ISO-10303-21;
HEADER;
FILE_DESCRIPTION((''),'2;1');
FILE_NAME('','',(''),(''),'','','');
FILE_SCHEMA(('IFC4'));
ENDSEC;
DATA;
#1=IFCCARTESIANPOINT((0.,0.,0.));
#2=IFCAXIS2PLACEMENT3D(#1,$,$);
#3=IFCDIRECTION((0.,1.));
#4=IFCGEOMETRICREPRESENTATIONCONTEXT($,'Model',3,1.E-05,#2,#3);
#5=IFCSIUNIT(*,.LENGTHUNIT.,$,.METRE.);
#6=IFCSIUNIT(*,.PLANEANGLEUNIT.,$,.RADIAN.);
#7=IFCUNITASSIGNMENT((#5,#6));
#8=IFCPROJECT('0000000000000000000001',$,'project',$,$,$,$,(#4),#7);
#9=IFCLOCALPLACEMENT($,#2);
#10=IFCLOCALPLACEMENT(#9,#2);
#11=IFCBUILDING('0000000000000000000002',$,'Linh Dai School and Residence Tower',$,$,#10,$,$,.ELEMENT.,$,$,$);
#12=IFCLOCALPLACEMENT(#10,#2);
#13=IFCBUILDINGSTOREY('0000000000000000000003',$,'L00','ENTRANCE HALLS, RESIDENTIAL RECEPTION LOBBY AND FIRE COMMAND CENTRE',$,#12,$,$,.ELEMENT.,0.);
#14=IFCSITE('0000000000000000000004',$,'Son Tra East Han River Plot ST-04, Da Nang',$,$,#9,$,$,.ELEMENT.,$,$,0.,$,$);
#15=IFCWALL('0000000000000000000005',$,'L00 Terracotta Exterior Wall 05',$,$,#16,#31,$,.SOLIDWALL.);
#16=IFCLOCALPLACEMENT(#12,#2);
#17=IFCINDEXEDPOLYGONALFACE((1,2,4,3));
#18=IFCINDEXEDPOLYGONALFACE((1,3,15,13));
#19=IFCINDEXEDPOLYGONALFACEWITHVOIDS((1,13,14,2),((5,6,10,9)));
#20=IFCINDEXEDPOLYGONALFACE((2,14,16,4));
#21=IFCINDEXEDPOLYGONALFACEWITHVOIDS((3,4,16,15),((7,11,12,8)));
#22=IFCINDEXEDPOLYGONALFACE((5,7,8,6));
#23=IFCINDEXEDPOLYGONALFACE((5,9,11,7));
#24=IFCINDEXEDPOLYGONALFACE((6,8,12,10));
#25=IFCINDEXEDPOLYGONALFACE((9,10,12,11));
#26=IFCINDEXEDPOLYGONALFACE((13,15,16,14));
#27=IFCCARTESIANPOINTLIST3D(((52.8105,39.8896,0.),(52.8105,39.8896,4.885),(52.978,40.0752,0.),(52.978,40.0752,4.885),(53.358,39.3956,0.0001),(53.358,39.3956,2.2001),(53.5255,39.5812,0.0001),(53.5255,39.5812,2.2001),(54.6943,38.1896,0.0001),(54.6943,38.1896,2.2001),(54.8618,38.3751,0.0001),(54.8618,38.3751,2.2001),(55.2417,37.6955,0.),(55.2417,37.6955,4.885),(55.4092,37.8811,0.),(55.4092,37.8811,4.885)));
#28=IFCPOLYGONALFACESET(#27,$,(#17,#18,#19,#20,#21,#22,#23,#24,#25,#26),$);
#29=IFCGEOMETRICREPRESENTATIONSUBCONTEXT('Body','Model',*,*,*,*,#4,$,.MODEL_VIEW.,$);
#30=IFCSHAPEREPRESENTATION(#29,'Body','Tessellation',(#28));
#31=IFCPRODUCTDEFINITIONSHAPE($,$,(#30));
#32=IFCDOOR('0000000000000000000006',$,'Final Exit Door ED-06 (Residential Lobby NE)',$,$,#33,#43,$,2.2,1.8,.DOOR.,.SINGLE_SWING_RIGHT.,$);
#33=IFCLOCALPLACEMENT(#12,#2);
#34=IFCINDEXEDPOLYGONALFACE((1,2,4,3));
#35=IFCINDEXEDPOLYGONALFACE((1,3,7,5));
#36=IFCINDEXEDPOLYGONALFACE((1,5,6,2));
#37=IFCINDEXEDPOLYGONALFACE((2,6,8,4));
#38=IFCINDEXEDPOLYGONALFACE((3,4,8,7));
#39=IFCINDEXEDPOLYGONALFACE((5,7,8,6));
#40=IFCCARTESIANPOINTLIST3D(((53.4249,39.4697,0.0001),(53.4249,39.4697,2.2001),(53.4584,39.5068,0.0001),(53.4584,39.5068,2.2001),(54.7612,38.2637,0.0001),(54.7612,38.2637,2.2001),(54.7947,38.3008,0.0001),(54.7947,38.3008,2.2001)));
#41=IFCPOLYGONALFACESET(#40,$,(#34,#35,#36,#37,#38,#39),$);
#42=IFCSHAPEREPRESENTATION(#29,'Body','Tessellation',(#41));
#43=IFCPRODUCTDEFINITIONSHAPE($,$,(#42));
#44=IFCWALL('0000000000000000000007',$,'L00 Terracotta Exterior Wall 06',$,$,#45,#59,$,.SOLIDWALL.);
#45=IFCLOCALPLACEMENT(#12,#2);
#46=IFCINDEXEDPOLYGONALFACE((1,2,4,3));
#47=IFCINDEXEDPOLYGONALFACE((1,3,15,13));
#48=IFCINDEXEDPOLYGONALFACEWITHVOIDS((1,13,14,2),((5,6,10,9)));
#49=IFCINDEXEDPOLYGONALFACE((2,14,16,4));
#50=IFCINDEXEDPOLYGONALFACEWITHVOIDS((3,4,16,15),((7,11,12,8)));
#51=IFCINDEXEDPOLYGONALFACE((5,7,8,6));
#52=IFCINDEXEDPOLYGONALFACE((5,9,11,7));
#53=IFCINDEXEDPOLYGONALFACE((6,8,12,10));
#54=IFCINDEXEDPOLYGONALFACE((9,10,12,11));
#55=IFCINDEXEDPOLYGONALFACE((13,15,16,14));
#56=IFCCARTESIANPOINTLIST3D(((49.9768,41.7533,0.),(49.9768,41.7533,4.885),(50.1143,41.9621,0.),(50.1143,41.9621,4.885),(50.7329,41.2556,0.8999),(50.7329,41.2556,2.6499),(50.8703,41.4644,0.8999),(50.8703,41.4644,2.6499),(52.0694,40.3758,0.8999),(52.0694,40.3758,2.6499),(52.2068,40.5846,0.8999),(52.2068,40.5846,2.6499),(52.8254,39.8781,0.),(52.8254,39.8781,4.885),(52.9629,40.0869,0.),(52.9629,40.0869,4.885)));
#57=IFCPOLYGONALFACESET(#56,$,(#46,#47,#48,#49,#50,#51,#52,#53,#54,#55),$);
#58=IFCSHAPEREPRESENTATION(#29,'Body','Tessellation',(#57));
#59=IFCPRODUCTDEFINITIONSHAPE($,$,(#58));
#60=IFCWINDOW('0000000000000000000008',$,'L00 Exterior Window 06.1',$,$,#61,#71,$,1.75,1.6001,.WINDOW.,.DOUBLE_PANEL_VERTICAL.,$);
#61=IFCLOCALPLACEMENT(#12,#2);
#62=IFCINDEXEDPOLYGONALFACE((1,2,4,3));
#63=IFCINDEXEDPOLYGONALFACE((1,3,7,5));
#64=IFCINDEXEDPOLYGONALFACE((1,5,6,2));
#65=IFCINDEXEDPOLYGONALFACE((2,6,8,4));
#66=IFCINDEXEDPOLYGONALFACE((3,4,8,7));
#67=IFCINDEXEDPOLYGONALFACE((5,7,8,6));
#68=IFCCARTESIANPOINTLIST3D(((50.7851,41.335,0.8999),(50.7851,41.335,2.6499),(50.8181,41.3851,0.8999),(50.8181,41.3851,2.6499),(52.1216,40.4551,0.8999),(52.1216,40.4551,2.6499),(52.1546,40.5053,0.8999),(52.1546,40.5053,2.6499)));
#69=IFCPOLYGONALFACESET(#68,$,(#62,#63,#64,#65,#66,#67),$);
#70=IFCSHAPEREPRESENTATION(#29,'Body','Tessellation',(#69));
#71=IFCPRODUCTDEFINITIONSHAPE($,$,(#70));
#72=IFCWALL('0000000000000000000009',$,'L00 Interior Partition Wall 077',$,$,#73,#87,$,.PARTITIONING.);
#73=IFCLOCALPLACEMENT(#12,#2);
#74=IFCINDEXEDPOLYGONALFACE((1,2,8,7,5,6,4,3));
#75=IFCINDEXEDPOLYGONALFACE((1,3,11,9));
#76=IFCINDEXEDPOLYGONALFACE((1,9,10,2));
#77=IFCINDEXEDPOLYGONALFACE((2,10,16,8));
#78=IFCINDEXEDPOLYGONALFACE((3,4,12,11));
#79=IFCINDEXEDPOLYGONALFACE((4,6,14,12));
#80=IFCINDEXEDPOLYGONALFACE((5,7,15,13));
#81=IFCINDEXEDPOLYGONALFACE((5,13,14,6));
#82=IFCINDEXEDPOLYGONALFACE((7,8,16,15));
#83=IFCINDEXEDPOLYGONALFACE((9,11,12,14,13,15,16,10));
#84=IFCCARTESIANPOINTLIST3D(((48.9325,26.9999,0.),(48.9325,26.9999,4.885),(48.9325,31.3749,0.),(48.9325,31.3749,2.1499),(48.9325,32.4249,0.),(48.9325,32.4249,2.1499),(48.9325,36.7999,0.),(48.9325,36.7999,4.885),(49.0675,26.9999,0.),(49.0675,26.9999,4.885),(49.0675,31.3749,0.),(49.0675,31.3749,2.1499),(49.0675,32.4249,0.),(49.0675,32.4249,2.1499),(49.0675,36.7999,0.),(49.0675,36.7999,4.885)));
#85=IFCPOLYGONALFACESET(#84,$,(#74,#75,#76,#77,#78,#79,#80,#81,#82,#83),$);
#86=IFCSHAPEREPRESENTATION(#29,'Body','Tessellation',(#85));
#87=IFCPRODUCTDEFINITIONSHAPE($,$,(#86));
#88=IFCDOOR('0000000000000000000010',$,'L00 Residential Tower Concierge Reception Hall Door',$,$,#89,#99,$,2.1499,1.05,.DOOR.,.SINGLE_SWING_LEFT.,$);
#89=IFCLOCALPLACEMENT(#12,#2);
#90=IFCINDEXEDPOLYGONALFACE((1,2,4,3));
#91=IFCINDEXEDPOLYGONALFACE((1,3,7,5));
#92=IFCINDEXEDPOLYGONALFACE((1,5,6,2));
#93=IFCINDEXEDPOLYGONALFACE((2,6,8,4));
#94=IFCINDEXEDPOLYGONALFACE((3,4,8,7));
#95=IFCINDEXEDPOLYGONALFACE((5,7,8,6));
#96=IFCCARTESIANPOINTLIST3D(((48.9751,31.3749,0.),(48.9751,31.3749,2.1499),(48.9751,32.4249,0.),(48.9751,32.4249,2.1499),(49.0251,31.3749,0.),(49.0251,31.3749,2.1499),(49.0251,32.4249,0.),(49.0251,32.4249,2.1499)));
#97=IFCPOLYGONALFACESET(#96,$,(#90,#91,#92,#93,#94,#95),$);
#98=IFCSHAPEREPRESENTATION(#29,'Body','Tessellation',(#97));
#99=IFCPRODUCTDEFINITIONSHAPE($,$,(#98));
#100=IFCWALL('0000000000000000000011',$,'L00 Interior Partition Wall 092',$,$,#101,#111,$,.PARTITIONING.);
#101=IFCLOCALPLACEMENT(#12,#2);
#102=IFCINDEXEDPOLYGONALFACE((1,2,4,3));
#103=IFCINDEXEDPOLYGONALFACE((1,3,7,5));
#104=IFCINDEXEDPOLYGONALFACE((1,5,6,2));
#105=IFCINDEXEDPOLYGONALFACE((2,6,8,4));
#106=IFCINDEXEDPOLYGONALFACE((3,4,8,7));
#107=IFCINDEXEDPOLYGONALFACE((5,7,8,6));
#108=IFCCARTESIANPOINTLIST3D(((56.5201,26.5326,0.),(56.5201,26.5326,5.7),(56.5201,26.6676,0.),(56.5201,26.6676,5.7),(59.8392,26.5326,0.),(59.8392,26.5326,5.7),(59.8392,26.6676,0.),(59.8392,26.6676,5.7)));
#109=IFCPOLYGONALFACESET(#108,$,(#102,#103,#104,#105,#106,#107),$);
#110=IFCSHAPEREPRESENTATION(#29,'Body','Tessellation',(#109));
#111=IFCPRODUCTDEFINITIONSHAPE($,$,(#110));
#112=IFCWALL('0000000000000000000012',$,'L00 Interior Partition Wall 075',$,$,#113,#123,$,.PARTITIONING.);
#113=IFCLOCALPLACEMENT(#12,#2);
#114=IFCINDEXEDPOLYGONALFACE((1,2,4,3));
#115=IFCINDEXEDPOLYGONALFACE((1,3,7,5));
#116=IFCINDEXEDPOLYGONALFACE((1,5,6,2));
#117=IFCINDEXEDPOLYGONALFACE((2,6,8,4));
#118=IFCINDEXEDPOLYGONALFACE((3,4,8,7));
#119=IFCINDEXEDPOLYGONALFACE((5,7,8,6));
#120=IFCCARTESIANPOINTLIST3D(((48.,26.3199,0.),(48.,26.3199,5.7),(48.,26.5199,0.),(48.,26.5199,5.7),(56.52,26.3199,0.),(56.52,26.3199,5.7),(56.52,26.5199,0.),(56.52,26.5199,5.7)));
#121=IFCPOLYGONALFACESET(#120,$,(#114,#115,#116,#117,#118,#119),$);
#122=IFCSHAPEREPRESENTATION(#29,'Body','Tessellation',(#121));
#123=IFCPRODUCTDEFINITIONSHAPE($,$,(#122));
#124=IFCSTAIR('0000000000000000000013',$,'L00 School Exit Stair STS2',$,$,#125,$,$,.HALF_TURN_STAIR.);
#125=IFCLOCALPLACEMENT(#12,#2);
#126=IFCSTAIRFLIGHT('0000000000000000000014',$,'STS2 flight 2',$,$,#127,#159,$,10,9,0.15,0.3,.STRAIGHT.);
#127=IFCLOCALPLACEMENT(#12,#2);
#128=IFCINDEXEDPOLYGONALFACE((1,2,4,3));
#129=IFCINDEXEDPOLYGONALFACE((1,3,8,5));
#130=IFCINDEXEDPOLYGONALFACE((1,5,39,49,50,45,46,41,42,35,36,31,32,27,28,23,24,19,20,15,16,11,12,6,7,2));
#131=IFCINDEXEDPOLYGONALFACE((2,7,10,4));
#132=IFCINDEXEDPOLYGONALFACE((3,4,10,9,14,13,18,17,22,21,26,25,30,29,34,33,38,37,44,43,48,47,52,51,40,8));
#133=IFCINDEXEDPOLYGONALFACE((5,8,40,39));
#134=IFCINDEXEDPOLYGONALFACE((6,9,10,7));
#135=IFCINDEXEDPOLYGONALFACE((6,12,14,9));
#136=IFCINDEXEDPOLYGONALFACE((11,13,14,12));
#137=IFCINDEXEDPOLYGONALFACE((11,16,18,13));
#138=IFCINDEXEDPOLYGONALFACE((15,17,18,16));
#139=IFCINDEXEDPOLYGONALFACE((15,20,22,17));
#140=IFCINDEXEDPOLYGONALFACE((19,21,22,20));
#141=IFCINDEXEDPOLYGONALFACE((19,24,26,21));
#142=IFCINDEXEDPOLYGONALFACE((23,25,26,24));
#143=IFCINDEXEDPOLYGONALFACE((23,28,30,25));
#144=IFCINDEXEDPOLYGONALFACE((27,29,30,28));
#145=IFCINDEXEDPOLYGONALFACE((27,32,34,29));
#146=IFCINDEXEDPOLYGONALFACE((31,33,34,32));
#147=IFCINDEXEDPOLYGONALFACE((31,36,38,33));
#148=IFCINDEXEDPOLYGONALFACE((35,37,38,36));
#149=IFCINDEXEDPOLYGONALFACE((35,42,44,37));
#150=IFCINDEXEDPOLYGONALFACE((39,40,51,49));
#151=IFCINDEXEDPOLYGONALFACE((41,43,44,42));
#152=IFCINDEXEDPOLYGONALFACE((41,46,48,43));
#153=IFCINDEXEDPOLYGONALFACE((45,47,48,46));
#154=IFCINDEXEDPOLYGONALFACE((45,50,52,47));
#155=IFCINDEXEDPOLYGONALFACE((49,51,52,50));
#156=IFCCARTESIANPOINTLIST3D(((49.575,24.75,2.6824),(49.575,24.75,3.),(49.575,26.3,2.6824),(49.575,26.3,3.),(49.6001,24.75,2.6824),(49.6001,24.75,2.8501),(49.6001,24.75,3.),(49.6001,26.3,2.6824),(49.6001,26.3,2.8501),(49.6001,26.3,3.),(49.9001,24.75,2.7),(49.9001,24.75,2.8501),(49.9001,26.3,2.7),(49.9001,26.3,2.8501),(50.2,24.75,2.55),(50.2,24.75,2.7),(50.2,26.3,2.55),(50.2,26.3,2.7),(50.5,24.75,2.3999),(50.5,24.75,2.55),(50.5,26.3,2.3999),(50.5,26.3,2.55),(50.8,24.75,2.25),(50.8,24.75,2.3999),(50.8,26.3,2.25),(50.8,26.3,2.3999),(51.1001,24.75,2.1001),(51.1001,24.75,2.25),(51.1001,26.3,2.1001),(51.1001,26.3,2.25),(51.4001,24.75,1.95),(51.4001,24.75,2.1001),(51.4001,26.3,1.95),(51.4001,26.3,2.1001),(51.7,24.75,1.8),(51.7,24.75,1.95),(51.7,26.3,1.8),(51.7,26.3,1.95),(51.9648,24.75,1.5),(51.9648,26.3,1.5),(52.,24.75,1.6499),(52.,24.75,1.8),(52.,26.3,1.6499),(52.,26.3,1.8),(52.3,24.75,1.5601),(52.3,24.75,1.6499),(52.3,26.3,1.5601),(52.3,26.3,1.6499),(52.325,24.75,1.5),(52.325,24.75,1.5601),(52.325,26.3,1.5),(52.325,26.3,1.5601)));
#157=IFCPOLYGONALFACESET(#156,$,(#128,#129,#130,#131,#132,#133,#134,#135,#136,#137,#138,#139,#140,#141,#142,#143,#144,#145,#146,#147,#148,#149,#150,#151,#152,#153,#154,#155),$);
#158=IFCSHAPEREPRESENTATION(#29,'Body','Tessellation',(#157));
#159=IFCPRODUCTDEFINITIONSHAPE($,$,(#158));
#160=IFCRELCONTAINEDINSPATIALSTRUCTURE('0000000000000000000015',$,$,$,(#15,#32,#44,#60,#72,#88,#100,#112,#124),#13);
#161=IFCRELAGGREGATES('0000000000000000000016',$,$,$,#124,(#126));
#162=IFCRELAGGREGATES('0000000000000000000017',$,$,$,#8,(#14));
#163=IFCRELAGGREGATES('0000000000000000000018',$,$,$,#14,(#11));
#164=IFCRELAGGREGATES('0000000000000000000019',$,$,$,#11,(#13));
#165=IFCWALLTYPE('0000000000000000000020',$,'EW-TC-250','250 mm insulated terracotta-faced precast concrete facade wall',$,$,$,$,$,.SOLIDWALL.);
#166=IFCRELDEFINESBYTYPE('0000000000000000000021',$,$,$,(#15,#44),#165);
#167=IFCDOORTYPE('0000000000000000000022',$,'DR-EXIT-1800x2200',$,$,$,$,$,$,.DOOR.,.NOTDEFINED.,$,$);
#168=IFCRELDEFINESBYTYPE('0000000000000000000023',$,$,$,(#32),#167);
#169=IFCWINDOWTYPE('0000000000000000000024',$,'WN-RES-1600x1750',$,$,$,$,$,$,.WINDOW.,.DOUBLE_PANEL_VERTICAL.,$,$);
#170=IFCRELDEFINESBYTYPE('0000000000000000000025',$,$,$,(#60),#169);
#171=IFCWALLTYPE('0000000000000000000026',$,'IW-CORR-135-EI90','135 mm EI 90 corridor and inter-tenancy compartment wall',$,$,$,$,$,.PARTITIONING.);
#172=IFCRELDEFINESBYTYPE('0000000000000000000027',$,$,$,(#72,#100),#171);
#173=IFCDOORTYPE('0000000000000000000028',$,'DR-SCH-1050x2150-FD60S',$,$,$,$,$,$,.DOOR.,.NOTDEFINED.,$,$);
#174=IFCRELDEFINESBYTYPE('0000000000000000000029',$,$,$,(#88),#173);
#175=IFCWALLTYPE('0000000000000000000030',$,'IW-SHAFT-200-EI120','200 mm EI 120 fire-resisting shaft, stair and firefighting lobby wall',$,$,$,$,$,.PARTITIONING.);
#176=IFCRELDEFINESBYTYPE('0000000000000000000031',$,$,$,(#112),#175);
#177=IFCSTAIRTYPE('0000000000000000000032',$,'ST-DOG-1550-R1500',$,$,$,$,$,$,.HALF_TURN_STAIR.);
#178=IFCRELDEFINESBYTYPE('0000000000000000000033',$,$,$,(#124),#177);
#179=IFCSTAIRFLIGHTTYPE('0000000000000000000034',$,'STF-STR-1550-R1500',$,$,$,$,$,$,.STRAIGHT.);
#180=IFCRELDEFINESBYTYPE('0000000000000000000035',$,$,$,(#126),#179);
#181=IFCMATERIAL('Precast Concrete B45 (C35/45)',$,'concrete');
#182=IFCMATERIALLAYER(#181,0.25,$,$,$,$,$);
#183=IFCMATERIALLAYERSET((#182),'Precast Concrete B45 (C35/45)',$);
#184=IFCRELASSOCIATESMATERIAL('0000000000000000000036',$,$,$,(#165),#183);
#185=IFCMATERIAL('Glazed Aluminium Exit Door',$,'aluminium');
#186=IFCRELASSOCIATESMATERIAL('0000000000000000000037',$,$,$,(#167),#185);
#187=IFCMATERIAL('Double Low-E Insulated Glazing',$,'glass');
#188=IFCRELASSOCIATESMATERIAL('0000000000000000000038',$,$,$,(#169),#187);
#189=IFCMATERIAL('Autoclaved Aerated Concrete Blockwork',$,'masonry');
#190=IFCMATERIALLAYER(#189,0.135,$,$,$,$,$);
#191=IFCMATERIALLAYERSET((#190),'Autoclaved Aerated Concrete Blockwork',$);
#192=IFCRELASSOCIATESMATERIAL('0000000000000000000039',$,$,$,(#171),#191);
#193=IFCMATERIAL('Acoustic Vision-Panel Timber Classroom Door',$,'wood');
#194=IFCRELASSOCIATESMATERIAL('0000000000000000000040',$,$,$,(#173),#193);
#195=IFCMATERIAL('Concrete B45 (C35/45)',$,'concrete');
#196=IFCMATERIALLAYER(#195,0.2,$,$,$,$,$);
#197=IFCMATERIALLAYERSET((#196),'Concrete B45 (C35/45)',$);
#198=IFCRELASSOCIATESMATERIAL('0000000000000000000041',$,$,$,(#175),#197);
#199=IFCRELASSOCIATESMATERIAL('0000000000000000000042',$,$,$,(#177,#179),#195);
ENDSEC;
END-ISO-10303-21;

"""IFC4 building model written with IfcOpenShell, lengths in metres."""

from ifc_helpers import new_model, si_unit, direction, frame, frame_2d, origin, origin_2d, place, context, subcontext, project, spatial, polyline, rectangle, outline, extrude, source, transform, mapped, material, layer, layer_set, type_object, element, fill, aggregate, save


model = new_model("IFC4")

# Units and contexts
model_context = context("Model", 3, precision=1e-05, world=origin(), true_north=direction((0.0, 1.0)))
body_context = subcontext(model_context, "Body", "Model", "MODEL_VIEW")
ifc_project = project(units=[si_unit("LENGTHUNIT", "METRE"), si_unit("PLANEANGLEUNIT", "RADIAN")], contexts=[model_context])

# Site, building, storey
site_placement = place(None, origin())
site = spatial("IfcSite", under=ifc_project, at=site_placement, Name="Son Tra East Han River Plot ST-04, Da Nang", CompositionType="ELEMENT", RefElevation=0.0)
building_placement = place(site_placement, origin())
building = spatial("IfcBuilding", under=site, at=building_placement, Name="Linh Dai School and Residence Tower", CompositionType="ELEMENT")
storey_placement = place(building_placement, origin())
storey = spatial("IfcBuildingStorey", under=building, at=storey_placement, Name="L00", Description="ENTRANCE HALLS, RESIDENTIAL RECEPTION LOBBY AND FIRE COMMAND CENTRE", CompositionType="ELEMENT", Elevation=0.0)

# Shared definitions
ifc_material_1 = material(Name="Double Low-E Insulated Glazing", Category="glass")

# Wall, opening, door
ifc_material_2 = material(Name="Precast Concrete B45 (C35/45)", Category="concrete")
ifc_layer_1 = layer(ifc_material_2, 0.25)
ifc_layer_set_1 = layer_set([ifc_layer_1], Name="Precast Concrete B45 (C35/45)")
wall_type_1 = type_object("IfcWallType", Name="EW-TC-250", Description="250 mm insulated terracotta-faced precast concrete facade wall", PredefinedType="SOLIDWALL", material=ifc_layer_set_1)
wall_1_placement = place(storey_placement, frame((52.8943, 39.9824, 0.0), z_axis=(0.0, 0.0, 1.0), x_axis=(0.742374, -0.669986, 0.0)))
wall_1 = element("IfcWall", 1, at=wall_1_placement, inside=storey, type_object=wall_type_1, Name="L00 Terracotta Exterior Wall 05", PredefinedType="SOLIDWALL", context=body_context, shape_type="SweptSolid", body=[
    extrude(rectangle(XDim=3.2749, YDim=0.25, at=frame_2d((1.6375, 0.0))), origin(), (0.0, 0.0, 1.0), 4.885),
])
opening_1_placement = place(wall_1_placement, frame((0.7375, 0.0, 0.0)))
opening_1 = element("IfcOpeningElement", 2, at=opening_1_placement, cuts=wall_1, PredefinedType="OPENING", context=body_context, shape_type="SweptSolid", body=[
    extrude(rectangle(XDim=1.8, YDim=2.2, at=origin_2d()), frame((0.8999, 0.135, 1.1001), z_axis=(0.0, -1.0, 0.0), x_axis=(1.0, 0.0, 0.0)), (0.0, 0.0, 1.0), 0.27),
])
ifc_material_3 = material(Name="Glazed Aluminium Exit Door", Category="aluminium")
door_type_1 = type_object("IfcDoorType", Name="DR-EXIT-1800x2200", OperationType="NOTDEFINED", PredefinedType="DOOR", material=ifc_material_3)
shared_shape_1 = source(origin(), body_context, "Body", "SweptSolid", [
    extrude(rectangle(XDim=1.8, YDim=2.2, at=origin_2d()), frame((0.8999, 0.0249, 1.1001), z_axis=(0.0, -1.0, 0.0), x_axis=(1.0, 0.0, 0.0)), (0.0, 0.0, 1.0), 0.05),
])
door_1_placement = place(opening_1_placement, origin())
door_1 = element("IfcDoor", 3, at=door_1_placement, inside=storey, type_object=door_type_1, Name="Final Exit Door ED-06 (Residential Lobby NE)", OperationType="SINGLE_SWING_RIGHT", OverallHeight=2.2, OverallWidth=1.8, PredefinedType="DOOR", context=body_context, shape_type="MappedRepresentation", body=[
    mapped(shared_shape_1, transform((0.0, 0.0, 0.0), x_axis=(1.0, 0.0, 0.0), y_axis=(0.0, 1.0, 0.0), z_axis=(0.0, 0.0, 1.0), scale=1.0)),
])
fill(opening_1, door_1)

# Wall, opening, window
wall_2_placement = place(storey_placement, frame((50.0457, 41.8577, 0.0), z_axis=(0.0, 0.0, 1.0), x_axis=(0.835263, -0.549851, 0.0)))
wall_2 = element("IfcWall", 4, at=wall_2_placement, inside=storey, type_object=wall_type_1, Name="L00 Terracotta Exterior Wall 06", PredefinedType="SOLIDWALL", context=body_context, shape_type="SweptSolid", body=[
    extrude(rectangle(XDim=3.4104, YDim=0.25, at=frame_2d((1.7051, 0.0))), origin(), (0.0, 0.0, 1.0), 4.885),
])
opening_2_placement = place(wall_2_placement, frame((0.905, 0.0, 0.8999)))
opening_2 = element("IfcOpeningElement", 5, at=opening_2_placement, cuts=wall_2, PredefinedType="OPENING", context=body_context, shape_type="SweptSolid", body=[
    extrude(rectangle(XDim=1.6001, YDim=1.75, at=origin_2d()), frame((0.8, 0.135, 0.875), z_axis=(0.0, -1.0, 0.0), x_axis=(1.0, 0.0, 0.0)), (0.0, 0.0, 1.0), 0.27),
])
window_type = type_object("IfcWindowType", Name="WN-RES-1600x1750", PartitioningType="DOUBLE_PANEL_VERTICAL", PredefinedType="WINDOW", material=ifc_material_1)
shared_shape_2 = source(origin(), body_context, "Body", "SweptSolid", [
    extrude(rectangle(XDim=1.6001, YDim=1.75, at=origin_2d()), frame((0.8, 0.03, 0.875), z_axis=(0.0, -1.0, 0.0), x_axis=(1.0, 0.0, 0.0)), (0.0, 0.0, 1.0), 0.0601),
])
window_placement = place(opening_2_placement, origin())
window = element("IfcWindow", 6, at=window_placement, inside=storey, type_object=window_type, Name="L00 Exterior Window 06.1", OverallHeight=1.75, OverallWidth=1.6001, PartitioningType="DOUBLE_PANEL_VERTICAL", PredefinedType="WINDOW", context=body_context, shape_type="MappedRepresentation", body=[
    mapped(shared_shape_2, transform((0.0, 0.0, 0.0), x_axis=(1.0, 0.0, 0.0), y_axis=(0.0, 1.0, 0.0), z_axis=(0.0, 0.0, 1.0), scale=1.0)),
])
fill(opening_2, window)

# Wall, opening, door
ifc_material_4 = material(Name="Autoclaved Aerated Concrete Blockwork", Category="masonry")
ifc_layer_2 = layer(ifc_material_4, 0.135)
ifc_layer_set_2 = layer_set([ifc_layer_2], Name="Autoclaved Aerated Concrete Blockwork")
wall_type_2 = type_object("IfcWallType", Name="IW-CORR-135-EI90", Description="135 mm EI 90 corridor and inter-tenancy compartment wall", PredefinedType="PARTITIONING", material=ifc_layer_set_2)
wall_3_placement = place(storey_placement, frame((49.0, 27.0, 0.0), z_axis=(0.0, 0.0, 1.0), x_axis=(0.0, 1.0, 0.0)))
wall_3 = element("IfcWall", 7, at=wall_3_placement, inside=storey, type_object=wall_type_2, Name="L00 Interior Partition Wall 077", PredefinedType="PARTITIONING", context=body_context, shape_type="SweptSolid", body=[
    extrude(rectangle(XDim=9.8, YDim=0.135, at=frame_2d((4.8999, 0.0))), origin(), (0.0, 0.0, 1.0), 4.885),
])
opening_3_placement = place(wall_3_placement, frame((4.375, 0.0, 0.0)))
opening_3 = element("IfcOpeningElement", 8, at=opening_3_placement, cuts=wall_3, PredefinedType="OPENING", context=body_context, shape_type="SweptSolid", body=[
    extrude(rectangle(XDim=1.05, YDim=2.1499, at=origin_2d()), frame((0.5249, 0.0776, 1.075), z_axis=(0.0, -1.0, 0.0), x_axis=(1.0, 0.0, 0.0)), (0.0, 0.0, 1.0), 0.155),
])
ifc_material_5 = material(Name="Acoustic Vision-Panel Timber Classroom Door", Category="wood")
door_type_2 = type_object("IfcDoorType", Name="DR-SCH-1050x2150-FD60S", OperationType="NOTDEFINED", PredefinedType="DOOR", material=ifc_material_5)
shared_shape_3 = source(origin(), body_context, "Body", "SweptSolid", [
    extrude(rectangle(XDim=1.05, YDim=2.1499, at=origin_2d()), frame((0.5249, 0.0249, 1.075), z_axis=(0.0, -1.0, 0.0), x_axis=(1.0, 0.0, 0.0)), (0.0, 0.0, 1.0), 0.05),
])
door_2_placement = place(opening_3_placement, origin())
door_2 = element("IfcDoor", 9, at=door_2_placement, inside=storey, type_object=door_type_2, Name="L00 Residential Tower Concierge Reception Hall Door", OperationType="SINGLE_SWING_LEFT", OverallHeight=2.1499, OverallWidth=1.05, PredefinedType="DOOR", context=body_context, shape_type="MappedRepresentation", body=[
    mapped(shared_shape_3, transform((0.0, 0.0, 0.0), x_axis=(1.0, 0.0, 0.0), y_axis=(0.0, 1.0, 0.0), z_axis=(0.0, 0.0, 1.0), scale=1.0)),
])
fill(opening_3, door_2)

# Walls
wall_4_placement = place(storey_placement, frame((56.52, 26.6001, 0.0), z_axis=(0.0, 0.0, 1.0), x_axis=(1.0, 0.0, 0.0)))
element("IfcWall", 10, at=wall_4_placement, inside=storey, type_object=wall_type_2, Name="L00 Interior Partition Wall 092", PredefinedType="PARTITIONING", context=body_context, shape_type="SweptSolid", body=[
    extrude(rectangle(XDim=3.3191, YDim=0.135, at=frame_2d((1.6597, 0.0))), origin(), (0.0, 0.0, 1.0), 5.7),
])
ifc_material_6 = material(Name="Concrete B45 (C35/45)", Category="concrete")
ifc_layer_3 = layer(ifc_material_6, 0.2)
ifc_layer_set_3 = layer_set([ifc_layer_3], Name="Concrete B45 (C35/45)")
wall_type_3 = type_object("IfcWallType", Name="IW-SHAFT-200-EI120", Description="200 mm EI 120 fire-resisting shaft, stair and firefighting lobby wall", PredefinedType="PARTITIONING", material=ifc_layer_set_3)
wall_5_placement = place(storey_placement, frame((48.0, 26.4199, 0.0), z_axis=(0.0, 0.0, 1.0), x_axis=(1.0, 0.0, 0.0)))
element("IfcWall", 11, at=wall_5_placement, inside=storey, type_object=wall_type_3, Name="L00 Interior Partition Wall 075", PredefinedType="PARTITIONING", context=body_context, shape_type="SweptSolid", body=[
    extrude(rectangle(XDim=8.52, YDim=0.2, at=frame_2d((4.26, 0.0))), origin(), (0.0, 0.0, 1.0), 5.7),
])

# Stair, stair flight
stair_type = type_object("IfcStairType", Name="ST-DOG-1550-R1500", PredefinedType="HALF_TURN_STAIR", material=ifc_material_6)
stair_placement = place(storey_placement, origin())
stair = element("IfcStair", 12, at=stair_placement, inside=storey, type_object=stair_type, Name="L00 School Exit Stair STS2", PredefinedType="HALF_TURN_STAIR")
stair_flight_type = type_object("IfcStairFlightType", Name="STF-STR-1550-R1500", PredefinedType="STRAIGHT", material=ifc_material_6)
shared_shape_4 = source(origin(), body_context, "Body", "SweptSolid", [
    extrude(outline(polyline([(-0.0249, 0.0), (-0.0249, 0.0601), (0.0, 0.0601), (0.0, 0.1499), (0.3, 0.1499), (0.3, 0.3), (0.6001, 0.3), (0.6001, 0.45), (0.8999, 0.45), (0.8999, 0.6001), (1.2, 0.6001), (1.2, 0.75), (1.5, 0.75), (1.5, 0.8999), (1.8, 0.8999), (1.8, 1.05), (2.1001, 1.05), (2.1001, 1.2), (2.3999, 1.2), (2.3999, 1.3501), (2.7, 1.3501), (2.7, 1.5), (2.7251, 1.5), (2.7251, 1.1824), (2.7, 1.1824), (0.3352, 0.0), (-0.0249, 0.0)])), frame((0.0, 0.7749, 0.0), z_axis=(0.0, -1.0, 0.0), x_axis=(1.0, 0.0, 0.0)), (0.0, 0.0, 1.0), 1.55),
])
stair_flight_1_placement = place(storey_placement, frame((52.3, 25.5249, 1.5), z_axis=(0.0, 0.0, 1.0), x_axis=(-1.0, 0.0, 0.0)))
stair_flight_1 = element("IfcStairFlight", 13, at=stair_flight_1_placement, type_object=stair_flight_type, Name="STS2 flight 2", NumberOfRisers=10, NumberOfTreads=9, PredefinedType="STRAIGHT", RiserHeight=0.15, TreadLength=0.3, context=body_context, shape_type="MappedRepresentation", body=[
    mapped(shared_shape_4, transform((0.0, 0.0, 0.0), x_axis=(1.0, 0.0, 0.0), y_axis=(0.0, 1.0, 0.0), z_axis=(0.0, 0.0, 1.0), scale=1.0)),
])
aggregate(stair, [stair_flight_1])

save(model, "model.ifc")
